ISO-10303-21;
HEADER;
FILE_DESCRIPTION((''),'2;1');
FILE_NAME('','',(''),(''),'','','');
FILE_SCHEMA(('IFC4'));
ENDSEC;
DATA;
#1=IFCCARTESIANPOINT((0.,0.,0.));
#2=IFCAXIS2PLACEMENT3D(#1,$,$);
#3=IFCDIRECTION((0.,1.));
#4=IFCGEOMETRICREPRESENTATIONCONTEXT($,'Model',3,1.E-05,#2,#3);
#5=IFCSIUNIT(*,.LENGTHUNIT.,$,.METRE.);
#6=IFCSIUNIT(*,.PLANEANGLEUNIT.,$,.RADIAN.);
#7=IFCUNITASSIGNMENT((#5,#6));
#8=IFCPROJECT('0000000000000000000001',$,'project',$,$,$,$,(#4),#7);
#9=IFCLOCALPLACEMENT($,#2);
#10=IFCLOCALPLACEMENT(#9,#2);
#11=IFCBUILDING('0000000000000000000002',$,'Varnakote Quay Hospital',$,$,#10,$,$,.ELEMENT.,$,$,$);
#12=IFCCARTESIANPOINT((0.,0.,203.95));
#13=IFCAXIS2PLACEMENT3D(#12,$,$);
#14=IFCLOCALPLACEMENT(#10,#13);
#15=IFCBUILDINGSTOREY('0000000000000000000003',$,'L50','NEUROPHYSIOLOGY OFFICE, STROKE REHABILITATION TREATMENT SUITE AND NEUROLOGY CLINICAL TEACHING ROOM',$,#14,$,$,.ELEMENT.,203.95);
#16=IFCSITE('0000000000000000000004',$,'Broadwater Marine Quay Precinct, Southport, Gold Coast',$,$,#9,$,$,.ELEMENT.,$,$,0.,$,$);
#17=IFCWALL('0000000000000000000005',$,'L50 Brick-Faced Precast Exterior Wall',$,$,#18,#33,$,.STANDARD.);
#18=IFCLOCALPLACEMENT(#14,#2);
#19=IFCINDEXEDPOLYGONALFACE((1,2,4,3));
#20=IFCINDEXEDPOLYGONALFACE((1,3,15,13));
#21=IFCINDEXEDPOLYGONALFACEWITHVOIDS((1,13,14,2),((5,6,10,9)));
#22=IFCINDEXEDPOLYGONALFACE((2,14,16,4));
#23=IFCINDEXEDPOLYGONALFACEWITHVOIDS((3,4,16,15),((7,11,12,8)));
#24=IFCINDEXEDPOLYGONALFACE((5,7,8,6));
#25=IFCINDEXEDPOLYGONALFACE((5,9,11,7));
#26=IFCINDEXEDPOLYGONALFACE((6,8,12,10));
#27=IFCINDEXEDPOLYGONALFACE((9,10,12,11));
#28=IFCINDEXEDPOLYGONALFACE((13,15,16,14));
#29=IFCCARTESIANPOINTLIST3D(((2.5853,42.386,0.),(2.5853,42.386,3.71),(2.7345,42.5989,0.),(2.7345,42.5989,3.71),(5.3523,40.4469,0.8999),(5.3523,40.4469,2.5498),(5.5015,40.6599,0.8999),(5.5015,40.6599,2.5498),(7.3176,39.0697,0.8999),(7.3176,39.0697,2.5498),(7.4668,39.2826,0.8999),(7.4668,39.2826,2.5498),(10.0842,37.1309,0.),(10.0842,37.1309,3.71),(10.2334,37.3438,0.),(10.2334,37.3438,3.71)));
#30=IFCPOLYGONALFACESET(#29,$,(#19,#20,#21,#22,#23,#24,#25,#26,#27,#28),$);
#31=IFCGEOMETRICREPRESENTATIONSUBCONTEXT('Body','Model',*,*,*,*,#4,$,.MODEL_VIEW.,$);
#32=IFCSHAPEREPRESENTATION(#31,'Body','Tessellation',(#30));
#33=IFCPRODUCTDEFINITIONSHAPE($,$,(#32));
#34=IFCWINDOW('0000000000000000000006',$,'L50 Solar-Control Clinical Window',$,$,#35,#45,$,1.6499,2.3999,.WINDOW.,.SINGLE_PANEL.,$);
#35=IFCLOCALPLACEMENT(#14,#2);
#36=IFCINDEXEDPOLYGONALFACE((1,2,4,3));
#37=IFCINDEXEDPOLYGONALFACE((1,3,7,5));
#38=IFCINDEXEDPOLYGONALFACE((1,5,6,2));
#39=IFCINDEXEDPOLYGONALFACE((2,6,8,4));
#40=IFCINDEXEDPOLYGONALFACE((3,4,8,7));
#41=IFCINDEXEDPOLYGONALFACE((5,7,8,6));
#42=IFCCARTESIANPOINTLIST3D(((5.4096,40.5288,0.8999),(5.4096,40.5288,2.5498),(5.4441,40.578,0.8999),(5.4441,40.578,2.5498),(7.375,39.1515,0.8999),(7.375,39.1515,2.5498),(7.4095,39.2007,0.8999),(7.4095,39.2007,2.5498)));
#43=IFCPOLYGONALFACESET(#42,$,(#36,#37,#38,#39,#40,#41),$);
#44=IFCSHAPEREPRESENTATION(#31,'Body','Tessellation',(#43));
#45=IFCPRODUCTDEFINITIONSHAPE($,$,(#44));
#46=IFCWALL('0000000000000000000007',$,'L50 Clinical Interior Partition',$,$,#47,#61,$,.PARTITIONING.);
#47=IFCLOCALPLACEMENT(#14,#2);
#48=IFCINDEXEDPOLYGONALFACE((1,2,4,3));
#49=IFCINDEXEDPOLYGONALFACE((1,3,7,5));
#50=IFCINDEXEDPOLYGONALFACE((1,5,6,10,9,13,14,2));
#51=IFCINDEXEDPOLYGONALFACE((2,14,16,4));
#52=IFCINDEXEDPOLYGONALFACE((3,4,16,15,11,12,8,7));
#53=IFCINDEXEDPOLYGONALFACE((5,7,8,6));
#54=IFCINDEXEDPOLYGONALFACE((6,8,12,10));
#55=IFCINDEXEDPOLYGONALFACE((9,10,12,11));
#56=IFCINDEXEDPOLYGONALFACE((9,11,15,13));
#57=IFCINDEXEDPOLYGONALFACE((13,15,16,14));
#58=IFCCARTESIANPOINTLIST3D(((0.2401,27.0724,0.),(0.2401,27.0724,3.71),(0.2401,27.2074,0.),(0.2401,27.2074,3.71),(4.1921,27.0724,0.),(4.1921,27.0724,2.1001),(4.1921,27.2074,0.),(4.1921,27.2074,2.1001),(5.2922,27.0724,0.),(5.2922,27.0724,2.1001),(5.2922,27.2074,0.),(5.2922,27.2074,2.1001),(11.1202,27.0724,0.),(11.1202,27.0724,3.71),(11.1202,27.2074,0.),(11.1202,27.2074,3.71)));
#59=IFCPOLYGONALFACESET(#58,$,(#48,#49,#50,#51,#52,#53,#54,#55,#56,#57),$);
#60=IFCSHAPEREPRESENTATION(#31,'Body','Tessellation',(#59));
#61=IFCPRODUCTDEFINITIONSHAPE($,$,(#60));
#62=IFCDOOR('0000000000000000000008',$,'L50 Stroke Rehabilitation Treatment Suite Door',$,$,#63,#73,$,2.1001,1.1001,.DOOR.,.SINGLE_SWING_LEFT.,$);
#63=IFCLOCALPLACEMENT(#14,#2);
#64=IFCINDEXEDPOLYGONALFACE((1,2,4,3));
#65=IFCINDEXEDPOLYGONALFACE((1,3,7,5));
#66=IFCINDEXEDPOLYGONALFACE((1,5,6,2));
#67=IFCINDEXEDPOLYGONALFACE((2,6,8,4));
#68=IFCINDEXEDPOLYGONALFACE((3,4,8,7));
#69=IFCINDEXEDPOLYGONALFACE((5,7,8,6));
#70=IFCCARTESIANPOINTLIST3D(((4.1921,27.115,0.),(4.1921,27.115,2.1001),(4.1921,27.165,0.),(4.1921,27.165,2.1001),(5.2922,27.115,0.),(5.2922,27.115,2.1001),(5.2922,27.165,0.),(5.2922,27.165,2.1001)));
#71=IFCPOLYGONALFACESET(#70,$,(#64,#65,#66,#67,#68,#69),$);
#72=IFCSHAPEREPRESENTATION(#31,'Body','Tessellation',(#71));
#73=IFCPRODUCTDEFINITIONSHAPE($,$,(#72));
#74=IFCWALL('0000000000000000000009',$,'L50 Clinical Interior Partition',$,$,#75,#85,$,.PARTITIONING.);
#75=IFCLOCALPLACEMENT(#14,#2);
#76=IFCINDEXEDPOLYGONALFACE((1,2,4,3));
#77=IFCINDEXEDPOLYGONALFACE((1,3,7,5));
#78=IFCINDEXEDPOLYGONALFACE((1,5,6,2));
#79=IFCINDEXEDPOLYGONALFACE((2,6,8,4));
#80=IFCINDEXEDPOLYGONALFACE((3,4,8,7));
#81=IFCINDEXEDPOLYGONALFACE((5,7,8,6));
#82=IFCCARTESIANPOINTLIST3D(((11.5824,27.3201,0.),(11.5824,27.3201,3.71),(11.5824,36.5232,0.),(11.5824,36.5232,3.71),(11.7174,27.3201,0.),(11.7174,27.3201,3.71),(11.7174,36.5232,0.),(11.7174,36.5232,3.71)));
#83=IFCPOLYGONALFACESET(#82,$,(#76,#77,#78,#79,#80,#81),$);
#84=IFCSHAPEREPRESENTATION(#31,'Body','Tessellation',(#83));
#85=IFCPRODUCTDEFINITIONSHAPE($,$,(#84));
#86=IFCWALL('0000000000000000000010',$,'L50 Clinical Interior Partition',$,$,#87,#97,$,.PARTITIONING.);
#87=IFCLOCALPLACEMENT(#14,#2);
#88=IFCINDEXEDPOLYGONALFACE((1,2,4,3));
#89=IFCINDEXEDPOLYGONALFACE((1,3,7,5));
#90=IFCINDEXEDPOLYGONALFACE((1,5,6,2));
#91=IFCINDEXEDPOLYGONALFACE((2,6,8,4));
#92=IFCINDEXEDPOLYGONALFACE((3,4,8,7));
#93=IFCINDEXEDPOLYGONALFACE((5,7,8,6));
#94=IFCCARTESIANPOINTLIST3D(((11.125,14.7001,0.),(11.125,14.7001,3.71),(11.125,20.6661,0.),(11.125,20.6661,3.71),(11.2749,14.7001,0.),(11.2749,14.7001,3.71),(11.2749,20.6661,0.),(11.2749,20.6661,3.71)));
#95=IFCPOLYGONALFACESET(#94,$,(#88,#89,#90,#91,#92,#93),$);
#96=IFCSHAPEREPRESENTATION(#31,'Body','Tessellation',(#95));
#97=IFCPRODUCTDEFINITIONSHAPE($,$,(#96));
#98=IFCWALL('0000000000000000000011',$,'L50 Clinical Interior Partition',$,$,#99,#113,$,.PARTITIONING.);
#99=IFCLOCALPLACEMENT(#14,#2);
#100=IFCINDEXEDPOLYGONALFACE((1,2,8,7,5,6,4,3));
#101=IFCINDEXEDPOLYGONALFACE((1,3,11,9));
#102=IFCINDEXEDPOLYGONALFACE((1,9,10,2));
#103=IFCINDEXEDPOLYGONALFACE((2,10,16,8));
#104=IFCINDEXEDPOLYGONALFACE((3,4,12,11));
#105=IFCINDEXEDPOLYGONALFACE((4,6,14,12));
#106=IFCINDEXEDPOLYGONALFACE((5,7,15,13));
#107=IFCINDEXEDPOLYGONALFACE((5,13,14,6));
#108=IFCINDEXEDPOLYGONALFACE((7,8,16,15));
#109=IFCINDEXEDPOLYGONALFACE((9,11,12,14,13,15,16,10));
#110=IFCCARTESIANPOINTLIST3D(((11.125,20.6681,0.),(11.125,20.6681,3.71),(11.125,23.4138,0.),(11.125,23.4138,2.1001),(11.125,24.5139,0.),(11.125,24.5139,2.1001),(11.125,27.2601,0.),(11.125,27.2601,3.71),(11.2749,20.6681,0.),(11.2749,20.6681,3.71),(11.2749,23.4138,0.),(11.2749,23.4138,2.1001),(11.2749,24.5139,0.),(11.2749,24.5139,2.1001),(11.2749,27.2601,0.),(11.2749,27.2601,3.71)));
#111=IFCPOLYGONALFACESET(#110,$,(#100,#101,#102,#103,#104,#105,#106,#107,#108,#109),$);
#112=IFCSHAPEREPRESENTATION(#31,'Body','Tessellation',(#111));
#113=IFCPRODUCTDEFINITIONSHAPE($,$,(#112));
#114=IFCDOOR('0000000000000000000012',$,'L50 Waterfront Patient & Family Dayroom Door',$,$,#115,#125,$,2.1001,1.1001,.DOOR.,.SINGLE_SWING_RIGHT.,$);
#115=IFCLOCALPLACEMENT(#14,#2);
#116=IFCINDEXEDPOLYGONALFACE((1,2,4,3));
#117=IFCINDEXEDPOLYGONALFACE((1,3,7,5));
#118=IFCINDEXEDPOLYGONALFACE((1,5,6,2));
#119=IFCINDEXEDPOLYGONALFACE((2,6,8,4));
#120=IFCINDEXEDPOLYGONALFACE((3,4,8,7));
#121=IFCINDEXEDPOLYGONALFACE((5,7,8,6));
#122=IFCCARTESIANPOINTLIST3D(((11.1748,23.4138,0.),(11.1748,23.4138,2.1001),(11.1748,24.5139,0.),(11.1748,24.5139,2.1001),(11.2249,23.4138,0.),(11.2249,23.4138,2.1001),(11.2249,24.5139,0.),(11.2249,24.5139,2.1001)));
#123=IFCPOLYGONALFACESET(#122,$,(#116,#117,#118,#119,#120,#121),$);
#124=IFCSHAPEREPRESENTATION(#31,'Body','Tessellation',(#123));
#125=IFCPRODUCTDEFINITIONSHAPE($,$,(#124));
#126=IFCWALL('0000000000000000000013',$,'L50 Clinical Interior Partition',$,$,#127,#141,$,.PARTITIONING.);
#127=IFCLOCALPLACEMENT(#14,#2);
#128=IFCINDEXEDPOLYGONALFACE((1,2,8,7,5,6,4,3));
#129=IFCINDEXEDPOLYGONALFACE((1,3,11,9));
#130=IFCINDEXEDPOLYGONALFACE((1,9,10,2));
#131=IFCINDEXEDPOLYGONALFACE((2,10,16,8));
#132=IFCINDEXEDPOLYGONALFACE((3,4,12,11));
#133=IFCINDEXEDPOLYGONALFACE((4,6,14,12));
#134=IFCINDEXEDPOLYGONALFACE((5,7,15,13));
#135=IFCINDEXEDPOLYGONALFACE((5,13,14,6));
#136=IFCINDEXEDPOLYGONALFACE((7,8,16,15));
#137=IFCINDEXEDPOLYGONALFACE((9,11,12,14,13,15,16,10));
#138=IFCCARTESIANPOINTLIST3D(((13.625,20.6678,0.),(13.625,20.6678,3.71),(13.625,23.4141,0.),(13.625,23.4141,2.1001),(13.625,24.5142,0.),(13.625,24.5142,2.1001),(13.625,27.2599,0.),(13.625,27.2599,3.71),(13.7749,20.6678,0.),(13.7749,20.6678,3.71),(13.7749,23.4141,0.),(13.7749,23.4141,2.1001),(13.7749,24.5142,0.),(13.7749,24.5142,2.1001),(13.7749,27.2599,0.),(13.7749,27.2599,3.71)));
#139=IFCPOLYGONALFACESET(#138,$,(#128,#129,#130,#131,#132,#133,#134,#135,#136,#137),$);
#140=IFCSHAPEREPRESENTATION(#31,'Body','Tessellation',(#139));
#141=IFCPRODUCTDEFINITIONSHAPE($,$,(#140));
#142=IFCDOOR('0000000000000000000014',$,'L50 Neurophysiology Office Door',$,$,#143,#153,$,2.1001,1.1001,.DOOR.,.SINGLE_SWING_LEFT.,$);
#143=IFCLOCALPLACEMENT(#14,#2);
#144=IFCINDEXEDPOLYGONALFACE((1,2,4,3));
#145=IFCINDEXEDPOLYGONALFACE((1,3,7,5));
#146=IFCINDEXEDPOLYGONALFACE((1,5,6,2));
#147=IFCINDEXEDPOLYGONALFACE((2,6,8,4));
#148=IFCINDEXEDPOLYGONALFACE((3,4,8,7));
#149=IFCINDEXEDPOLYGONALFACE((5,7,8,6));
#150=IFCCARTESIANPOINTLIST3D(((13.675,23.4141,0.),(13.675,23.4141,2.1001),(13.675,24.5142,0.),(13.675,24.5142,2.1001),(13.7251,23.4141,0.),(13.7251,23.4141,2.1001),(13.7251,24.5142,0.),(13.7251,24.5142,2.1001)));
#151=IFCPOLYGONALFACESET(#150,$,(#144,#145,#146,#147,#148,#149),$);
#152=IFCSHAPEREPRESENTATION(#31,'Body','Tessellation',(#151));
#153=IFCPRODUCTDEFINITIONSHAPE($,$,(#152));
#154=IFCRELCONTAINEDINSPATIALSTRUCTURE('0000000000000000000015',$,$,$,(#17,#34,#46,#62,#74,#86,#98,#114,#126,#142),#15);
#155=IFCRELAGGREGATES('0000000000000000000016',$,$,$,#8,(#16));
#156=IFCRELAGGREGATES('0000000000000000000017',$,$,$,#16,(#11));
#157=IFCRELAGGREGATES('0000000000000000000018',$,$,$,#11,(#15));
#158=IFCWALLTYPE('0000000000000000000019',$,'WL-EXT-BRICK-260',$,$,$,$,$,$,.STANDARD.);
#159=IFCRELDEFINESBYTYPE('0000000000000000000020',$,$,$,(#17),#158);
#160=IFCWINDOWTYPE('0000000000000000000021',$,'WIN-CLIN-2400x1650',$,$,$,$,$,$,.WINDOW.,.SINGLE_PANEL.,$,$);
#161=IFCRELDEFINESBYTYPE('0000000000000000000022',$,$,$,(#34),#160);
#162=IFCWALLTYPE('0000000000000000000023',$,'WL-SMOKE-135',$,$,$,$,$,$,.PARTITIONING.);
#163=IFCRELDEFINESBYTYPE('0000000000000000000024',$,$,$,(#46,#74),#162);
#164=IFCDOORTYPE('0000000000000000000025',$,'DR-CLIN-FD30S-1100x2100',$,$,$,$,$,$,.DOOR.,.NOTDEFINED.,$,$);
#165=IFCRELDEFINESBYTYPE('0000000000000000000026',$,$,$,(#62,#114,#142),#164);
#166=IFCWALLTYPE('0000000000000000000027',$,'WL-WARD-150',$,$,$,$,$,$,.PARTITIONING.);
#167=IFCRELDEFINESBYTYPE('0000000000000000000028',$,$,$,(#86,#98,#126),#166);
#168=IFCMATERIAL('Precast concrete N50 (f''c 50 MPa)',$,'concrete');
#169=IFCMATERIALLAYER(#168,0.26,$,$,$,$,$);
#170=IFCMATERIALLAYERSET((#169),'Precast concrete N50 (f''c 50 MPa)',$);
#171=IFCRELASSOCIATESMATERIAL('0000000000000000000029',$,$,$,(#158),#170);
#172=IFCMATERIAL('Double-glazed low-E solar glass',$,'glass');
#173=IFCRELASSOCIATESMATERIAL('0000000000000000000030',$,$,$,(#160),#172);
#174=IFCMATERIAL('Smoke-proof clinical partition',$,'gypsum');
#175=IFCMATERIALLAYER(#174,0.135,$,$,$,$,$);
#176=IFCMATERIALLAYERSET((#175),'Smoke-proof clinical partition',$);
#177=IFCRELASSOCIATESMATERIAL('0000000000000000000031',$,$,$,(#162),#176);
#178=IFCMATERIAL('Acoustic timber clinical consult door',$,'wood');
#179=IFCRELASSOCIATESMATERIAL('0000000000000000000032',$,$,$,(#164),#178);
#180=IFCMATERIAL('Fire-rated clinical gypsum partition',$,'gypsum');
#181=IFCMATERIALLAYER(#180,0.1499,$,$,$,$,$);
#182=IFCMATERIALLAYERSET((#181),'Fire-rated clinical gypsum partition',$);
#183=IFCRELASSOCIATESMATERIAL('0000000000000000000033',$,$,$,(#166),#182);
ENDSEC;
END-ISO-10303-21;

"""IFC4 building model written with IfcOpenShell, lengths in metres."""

from ifc_helpers import new_model, si_unit, direction, frame, frame_2d, origin, place, context, subcontext, project, spatial, rectangle, extrude, material, layer, layer_set, type_object, element, fill, save


model = new_model("IFC4")

# Units and contexts
model_context = context("Model", 3, precision=1e-05, world=origin(), true_north=direction((0.0, 1.0)))
body_context = subcontext(model_context, "Body", "Model", "MODEL_VIEW")
ifc_project = project(units=[si_unit("LENGTHUNIT", "METRE"), si_unit("PLANEANGLEUNIT", "RADIAN")], contexts=[model_context])

# Site, building, storey
site_placement = place(None, origin())
site = spatial("IfcSite", under=ifc_project, at=site_placement, Name="Broadwater Marine Quay Precinct, Southport, Gold Coast", CompositionType="ELEMENT", RefElevation=0.0)
building_placement = place(site_placement, origin())
building = spatial("IfcBuilding", under=site, at=building_placement, Name="Varnakote Quay Hospital", CompositionType="ELEMENT")
storey_placement = place(building_placement, frame((0.0, 0.0, 203.95)))
storey = spatial("IfcBuildingStorey", under=building, at=storey_placement, Name="L50", Description="NEUROPHYSIOLOGY OFFICE, STROKE REHABILITATION TREATMENT SUITE AND NEUROLOGY CLINICAL TEACHING ROOM", CompositionType="ELEMENT", Elevation=203.95)

# Wall, opening, window
ifc_material_1 = material(Name="Precast concrete N50 (f'c 50 MPa)", Category="concrete")
ifc_layer_1 = layer(ifc_material_1, 0.26)
ifc_layer_set_1 = layer_set([ifc_layer_1], Name="Precast concrete N50 (f'c 50 MPa)")
wall_type_1 = type_object("IfcWallType", Name="WL-EXT-BRICK-260", PredefinedType="STANDARD", material=ifc_layer_set_1)
ifc_material_2 = material(Name="Double-glazed low-E solar glass", Category="glass")
window_type = type_object("IfcWindowType", Name="WIN-CLIN-2400x1650", PartitioningType="SINGLE_PANEL", PredefinedType="WINDOW", material=ifc_material_2)
wall_1_placement = place(storey_placement, frame((10.1589, 37.2373, 0.0), z_axis=(0.0, 0.0, 1.0), x_axis=(-0.818934, 0.573888, 0.0)))
wall_1 = element("IfcWall", 1, at=wall_1_placement, inside=storey, type_object=wall_type_1, Name="L50 Brick-Faced Precast Exterior Wall", PredefinedType="STANDARD", context=body_context, shape_type="SweptSolid", body=[
    extrude(rectangle(XDim=9.157, YDim=0.26, at=frame_2d((4.5786, 0.0))), origin(), (0.0, 0.0, 1.0), 3.71),
])
opening_1_placement = place(wall_1_placement, frame((3.3784, 0.0, 0.8999)))
opening_1 = element("IfcOpeningElement", 2, at=opening_1_placement, cuts=wall_1, PredefinedType="OPENING", context=body_context, shape_type="SweptSolid", body=[
    extrude(rectangle(XDim=2.3999, YDim=1.6499, at=frame_2d((1.2, 0.825))), frame((0.0, 0.1399, 0.0), z_axis=(0.0, -1.0, 0.0), x_axis=(1.0, 0.0, 0.0)), (0.0, 0.0, 1.0), 0.28),
])
window_1_placement = place(opening_1_placement, origin())
window_1 = element("IfcWindow", 3, at=window_1_placement, inside=storey, type_object=window_type, Name="L50 Solar-Control Clinical Window", OverallHeight=1.6499, OverallWidth=2.3999, PartitioningType="SINGLE_PANEL", PredefinedType="WINDOW", context=body_context, shape_type="SweptSolid", body=[
    extrude(rectangle(XDim=2.3999, YDim=1.6499, at=frame_2d((1.2, 0.825))), frame((0.0, 0.03, 0.0), z_axis=(0.0, -1.0, 0.0), x_axis=(1.0, 0.0, 0.0)), (0.0, 0.0, 1.0), 0.0601),
])
fill(opening_1, window_1)

# Wall, opening, door
ifc_material_3 = material(Name="Smoke-proof clinical partition", Category="gypsum")
ifc_layer_2 = layer(ifc_material_3, 0.135)
ifc_layer_set_2 = layer_set([ifc_layer_2], Name="Smoke-proof clinical partition")
wall_type_2 = type_object("IfcWallType", Name="WL-SMOKE-135", PredefinedType="PARTITIONING", material=ifc_layer_set_2)
wall_2_placement = place(storey_placement, frame((11.1201, 27.1399, 0.0), z_axis=(0.0, 0.0, 1.0), x_axis=(-1.0, 0.0, 0.0)))
wall_2 = element("IfcWall", 4, at=wall_2_placement, inside=storey, type_object=wall_type_2, Name="L50 Clinical Interior Partition", PredefinedType="PARTITIONING", context=body_context, shape_type="SweptSolid", body=[
    extrude(rectangle(XDim=10.8801, YDim=0.135, at=frame_2d((5.4399, 0.0))), origin(), (0.0, 0.0, 1.0), 3.71),
])
opening_2_placement = place(wall_2_placement, frame((5.8279, 0.0, 0.0)))
opening_2 = element("IfcOpeningElement", 5, at=opening_2_placement, cuts=wall_2, PredefinedType="OPENING", context=body_context, shape_type="SweptSolid", body=[
    extrude(rectangle(XDim=1.1001, YDim=2.1001, at=frame_2d((0.55, 1.05))), frame((0.0, 0.0774, 0.0), z_axis=(0.0, -1.0, 0.0), x_axis=(1.0, 0.0, 0.0)), (0.0, 0.0, 1.0), 0.155),
])
ifc_material_4 = material(Name="Acoustic timber clinical consult door", Category="wood")
door_type = type_object("IfcDoorType", Name="DR-CLIN-FD30S-1100x2100", OperationType="NOTDEFINED", PredefinedType="DOOR", material=ifc_material_4)
door_1_placement = place(opening_2_placement, origin())
door_1 = element("IfcDoor", 6, at=door_1_placement, inside=storey, type_object=door_type, Name="L50 Stroke Rehabilitation Treatment Suite Door", OperationType="SINGLE_SWING_LEFT", OverallHeight=2.1001, OverallWidth=1.1001, PredefinedType="DOOR", context=body_context, shape_type="SweptSolid", body=[
    extrude(rectangle(XDim=1.1001, YDim=2.1001, at=frame_2d((0.55, 1.05))), frame((0.0, 0.0249, 0.0), z_axis=(0.0, -1.0, 0.0), x_axis=(1.0, 0.0, 0.0)), (0.0, 0.0, 1.0), 0.05),
])
fill(opening_2, door_1)

# Walls
wall_3_placement = place(storey_placement, frame((11.6499, 27.3201, 0.0), z_axis=(0.0, 0.0, 1.0), x_axis=(0.0, 1.0, 0.0)))
element("IfcWall", 7, at=wall_3_placement, inside=storey, type_object=wall_type_2, Name="L50 Clinical Interior Partition", PredefinedType="PARTITIONING", context=body_context, shape_type="SweptSolid", body=[
    extrude(rectangle(XDim=9.2031, YDim=0.135, at=frame_2d((4.6016, 0.0))), origin(), (0.0, 0.0, 1.0), 3.71),
])
ifc_material_5 = material(Name="Fire-rated clinical gypsum partition", Category="gypsum")
ifc_layer_3 = layer(ifc_material_5, 0.1499)
ifc_layer_set_3 = layer_set([ifc_layer_3], Name="Fire-rated clinical gypsum partition")
wall_type_3 = type_object("IfcWallType", Name="WL-WARD-150", PredefinedType="PARTITIONING", material=ifc_layer_set_3)
wall_4_placement = place(storey_placement, frame((11.2, 20.666, 0.0), z_axis=(0.0, 0.0, 1.0), x_axis=(0.0, -1.0, 0.0)))
element("IfcWall", 8, at=wall_4_placement, inside=storey, type_object=wall_type_3, Name="L50 Clinical Interior Partition", PredefinedType="PARTITIONING", context=body_context, shape_type="SweptSolid", body=[
    extrude(rectangle(XDim=5.9661, YDim=0.1499, at=frame_2d((2.9829, 0.0))), origin(), (0.0, 0.0, 1.0), 3.71),
])

# Walls, openings, doors
wall_5_placement = place(storey_placement, frame((11.2, 27.26, 0.0), z_axis=(0.0, 0.0, 1.0), x_axis=(0.0, -1.0, 0.0)))
wall_5 = element("IfcWall", 9, at=wall_5_placement, inside=storey, type_object=wall_type_3, Name="L50 Clinical Interior Partition", PredefinedType="PARTITIONING", context=body_context, shape_type="SweptSolid", body=[
    extrude(rectangle(XDim=6.592, YDim=0.1499, at=frame_2d((3.2959, 0.0))), origin(), (0.0, 0.0, 1.0), 3.71),
])
opening_3_placement = place(wall_5_placement, frame((2.7461, 0.0, 0.0)))
opening_3 = element("IfcOpeningElement", 10, at=opening_3_placement, cuts=wall_5, PredefinedType="OPENING", context=body_context, shape_type="SweptSolid", body=[
    extrude(rectangle(XDim=1.1001, YDim=2.1001, at=frame_2d((0.55, 1.05))), frame((0.0, 0.085, 0.0), z_axis=(0.0, -1.0, 0.0), x_axis=(1.0, 0.0, 0.0)), (0.0, 0.0, 1.0), 0.1699),
])
door_2_placement = place(opening_3_placement, origin())
door_2 = element("IfcDoor", 11, at=door_2_placement, inside=storey, type_object=door_type, Name="L50 Waterfront Patient & Family Dayroom Door", OperationType="SINGLE_SWING_RIGHT", OverallHeight=2.1001, OverallWidth=1.1001, PredefinedType="DOOR", context=body_context, shape_type="SweptSolid", body=[
    extrude(rectangle(XDim=1.1001, YDim=2.1001, at=frame_2d((0.55, 1.05))), frame((0.0, 0.0249, 0.0), z_axis=(0.0, -1.0, 0.0), x_axis=(1.0, 0.0, 0.0)), (0.0, 0.0, 1.0), 0.05),
])
fill(opening_3, door_2)
wall_6_placement = place(storey_placement, frame((13.7, 20.668, 0.0), z_axis=(0.0, 0.0, 1.0), x_axis=(0.0, 1.0, 0.0)))
wall_6 = element("IfcWall", 12, at=wall_6_placement, inside=storey, type_object=wall_type_3, Name="L50 Clinical Interior Partition", PredefinedType="PARTITIONING", context=body_context, shape_type="SweptSolid", body=[
    extrude(rectangle(XDim=6.592, YDim=0.1499, at=frame_2d((3.2959, 0.0))), origin(), (0.0, 0.0, 1.0), 3.71),
])
opening_4_placement = place(wall_6_placement, frame((2.7461, 0.0, 0.0)))
opening_4 = element("IfcOpeningElement", 13, at=opening_4_placement, cuts=wall_6, PredefinedType="OPENING", context=body_context, shape_type="SweptSolid", body=[
    extrude(rectangle(XDim=1.1001, YDim=2.1001, at=frame_2d((0.55, 1.05))), frame((0.0, 0.085, 0.0), z_axis=(0.0, -1.0, 0.0), x_axis=(1.0, 0.0, 0.0)), (0.0, 0.0, 1.0), 0.1699),
])
door_3_placement = place(opening_4_placement, origin())
door_3 = element("IfcDoor", 14, at=door_3_placement, inside=storey, type_object=door_type, Name="L50 Neurophysiology Office Door", OperationType="SINGLE_SWING_LEFT", OverallHeight=2.1001, OverallWidth=1.1001, PredefinedType="DOOR", context=body_context, shape_type="SweptSolid", body=[
    extrude(rectangle(XDim=1.1001, YDim=2.1001, at=frame_2d((0.55, 1.05))), frame((0.0, 0.0249, 0.0), z_axis=(0.0, -1.0, 0.0), x_axis=(1.0, 0.0, 0.0)), (0.0, 0.0, 1.0), 0.05),
])
fill(opening_4, door_3)

save(model, "model.ifc")
